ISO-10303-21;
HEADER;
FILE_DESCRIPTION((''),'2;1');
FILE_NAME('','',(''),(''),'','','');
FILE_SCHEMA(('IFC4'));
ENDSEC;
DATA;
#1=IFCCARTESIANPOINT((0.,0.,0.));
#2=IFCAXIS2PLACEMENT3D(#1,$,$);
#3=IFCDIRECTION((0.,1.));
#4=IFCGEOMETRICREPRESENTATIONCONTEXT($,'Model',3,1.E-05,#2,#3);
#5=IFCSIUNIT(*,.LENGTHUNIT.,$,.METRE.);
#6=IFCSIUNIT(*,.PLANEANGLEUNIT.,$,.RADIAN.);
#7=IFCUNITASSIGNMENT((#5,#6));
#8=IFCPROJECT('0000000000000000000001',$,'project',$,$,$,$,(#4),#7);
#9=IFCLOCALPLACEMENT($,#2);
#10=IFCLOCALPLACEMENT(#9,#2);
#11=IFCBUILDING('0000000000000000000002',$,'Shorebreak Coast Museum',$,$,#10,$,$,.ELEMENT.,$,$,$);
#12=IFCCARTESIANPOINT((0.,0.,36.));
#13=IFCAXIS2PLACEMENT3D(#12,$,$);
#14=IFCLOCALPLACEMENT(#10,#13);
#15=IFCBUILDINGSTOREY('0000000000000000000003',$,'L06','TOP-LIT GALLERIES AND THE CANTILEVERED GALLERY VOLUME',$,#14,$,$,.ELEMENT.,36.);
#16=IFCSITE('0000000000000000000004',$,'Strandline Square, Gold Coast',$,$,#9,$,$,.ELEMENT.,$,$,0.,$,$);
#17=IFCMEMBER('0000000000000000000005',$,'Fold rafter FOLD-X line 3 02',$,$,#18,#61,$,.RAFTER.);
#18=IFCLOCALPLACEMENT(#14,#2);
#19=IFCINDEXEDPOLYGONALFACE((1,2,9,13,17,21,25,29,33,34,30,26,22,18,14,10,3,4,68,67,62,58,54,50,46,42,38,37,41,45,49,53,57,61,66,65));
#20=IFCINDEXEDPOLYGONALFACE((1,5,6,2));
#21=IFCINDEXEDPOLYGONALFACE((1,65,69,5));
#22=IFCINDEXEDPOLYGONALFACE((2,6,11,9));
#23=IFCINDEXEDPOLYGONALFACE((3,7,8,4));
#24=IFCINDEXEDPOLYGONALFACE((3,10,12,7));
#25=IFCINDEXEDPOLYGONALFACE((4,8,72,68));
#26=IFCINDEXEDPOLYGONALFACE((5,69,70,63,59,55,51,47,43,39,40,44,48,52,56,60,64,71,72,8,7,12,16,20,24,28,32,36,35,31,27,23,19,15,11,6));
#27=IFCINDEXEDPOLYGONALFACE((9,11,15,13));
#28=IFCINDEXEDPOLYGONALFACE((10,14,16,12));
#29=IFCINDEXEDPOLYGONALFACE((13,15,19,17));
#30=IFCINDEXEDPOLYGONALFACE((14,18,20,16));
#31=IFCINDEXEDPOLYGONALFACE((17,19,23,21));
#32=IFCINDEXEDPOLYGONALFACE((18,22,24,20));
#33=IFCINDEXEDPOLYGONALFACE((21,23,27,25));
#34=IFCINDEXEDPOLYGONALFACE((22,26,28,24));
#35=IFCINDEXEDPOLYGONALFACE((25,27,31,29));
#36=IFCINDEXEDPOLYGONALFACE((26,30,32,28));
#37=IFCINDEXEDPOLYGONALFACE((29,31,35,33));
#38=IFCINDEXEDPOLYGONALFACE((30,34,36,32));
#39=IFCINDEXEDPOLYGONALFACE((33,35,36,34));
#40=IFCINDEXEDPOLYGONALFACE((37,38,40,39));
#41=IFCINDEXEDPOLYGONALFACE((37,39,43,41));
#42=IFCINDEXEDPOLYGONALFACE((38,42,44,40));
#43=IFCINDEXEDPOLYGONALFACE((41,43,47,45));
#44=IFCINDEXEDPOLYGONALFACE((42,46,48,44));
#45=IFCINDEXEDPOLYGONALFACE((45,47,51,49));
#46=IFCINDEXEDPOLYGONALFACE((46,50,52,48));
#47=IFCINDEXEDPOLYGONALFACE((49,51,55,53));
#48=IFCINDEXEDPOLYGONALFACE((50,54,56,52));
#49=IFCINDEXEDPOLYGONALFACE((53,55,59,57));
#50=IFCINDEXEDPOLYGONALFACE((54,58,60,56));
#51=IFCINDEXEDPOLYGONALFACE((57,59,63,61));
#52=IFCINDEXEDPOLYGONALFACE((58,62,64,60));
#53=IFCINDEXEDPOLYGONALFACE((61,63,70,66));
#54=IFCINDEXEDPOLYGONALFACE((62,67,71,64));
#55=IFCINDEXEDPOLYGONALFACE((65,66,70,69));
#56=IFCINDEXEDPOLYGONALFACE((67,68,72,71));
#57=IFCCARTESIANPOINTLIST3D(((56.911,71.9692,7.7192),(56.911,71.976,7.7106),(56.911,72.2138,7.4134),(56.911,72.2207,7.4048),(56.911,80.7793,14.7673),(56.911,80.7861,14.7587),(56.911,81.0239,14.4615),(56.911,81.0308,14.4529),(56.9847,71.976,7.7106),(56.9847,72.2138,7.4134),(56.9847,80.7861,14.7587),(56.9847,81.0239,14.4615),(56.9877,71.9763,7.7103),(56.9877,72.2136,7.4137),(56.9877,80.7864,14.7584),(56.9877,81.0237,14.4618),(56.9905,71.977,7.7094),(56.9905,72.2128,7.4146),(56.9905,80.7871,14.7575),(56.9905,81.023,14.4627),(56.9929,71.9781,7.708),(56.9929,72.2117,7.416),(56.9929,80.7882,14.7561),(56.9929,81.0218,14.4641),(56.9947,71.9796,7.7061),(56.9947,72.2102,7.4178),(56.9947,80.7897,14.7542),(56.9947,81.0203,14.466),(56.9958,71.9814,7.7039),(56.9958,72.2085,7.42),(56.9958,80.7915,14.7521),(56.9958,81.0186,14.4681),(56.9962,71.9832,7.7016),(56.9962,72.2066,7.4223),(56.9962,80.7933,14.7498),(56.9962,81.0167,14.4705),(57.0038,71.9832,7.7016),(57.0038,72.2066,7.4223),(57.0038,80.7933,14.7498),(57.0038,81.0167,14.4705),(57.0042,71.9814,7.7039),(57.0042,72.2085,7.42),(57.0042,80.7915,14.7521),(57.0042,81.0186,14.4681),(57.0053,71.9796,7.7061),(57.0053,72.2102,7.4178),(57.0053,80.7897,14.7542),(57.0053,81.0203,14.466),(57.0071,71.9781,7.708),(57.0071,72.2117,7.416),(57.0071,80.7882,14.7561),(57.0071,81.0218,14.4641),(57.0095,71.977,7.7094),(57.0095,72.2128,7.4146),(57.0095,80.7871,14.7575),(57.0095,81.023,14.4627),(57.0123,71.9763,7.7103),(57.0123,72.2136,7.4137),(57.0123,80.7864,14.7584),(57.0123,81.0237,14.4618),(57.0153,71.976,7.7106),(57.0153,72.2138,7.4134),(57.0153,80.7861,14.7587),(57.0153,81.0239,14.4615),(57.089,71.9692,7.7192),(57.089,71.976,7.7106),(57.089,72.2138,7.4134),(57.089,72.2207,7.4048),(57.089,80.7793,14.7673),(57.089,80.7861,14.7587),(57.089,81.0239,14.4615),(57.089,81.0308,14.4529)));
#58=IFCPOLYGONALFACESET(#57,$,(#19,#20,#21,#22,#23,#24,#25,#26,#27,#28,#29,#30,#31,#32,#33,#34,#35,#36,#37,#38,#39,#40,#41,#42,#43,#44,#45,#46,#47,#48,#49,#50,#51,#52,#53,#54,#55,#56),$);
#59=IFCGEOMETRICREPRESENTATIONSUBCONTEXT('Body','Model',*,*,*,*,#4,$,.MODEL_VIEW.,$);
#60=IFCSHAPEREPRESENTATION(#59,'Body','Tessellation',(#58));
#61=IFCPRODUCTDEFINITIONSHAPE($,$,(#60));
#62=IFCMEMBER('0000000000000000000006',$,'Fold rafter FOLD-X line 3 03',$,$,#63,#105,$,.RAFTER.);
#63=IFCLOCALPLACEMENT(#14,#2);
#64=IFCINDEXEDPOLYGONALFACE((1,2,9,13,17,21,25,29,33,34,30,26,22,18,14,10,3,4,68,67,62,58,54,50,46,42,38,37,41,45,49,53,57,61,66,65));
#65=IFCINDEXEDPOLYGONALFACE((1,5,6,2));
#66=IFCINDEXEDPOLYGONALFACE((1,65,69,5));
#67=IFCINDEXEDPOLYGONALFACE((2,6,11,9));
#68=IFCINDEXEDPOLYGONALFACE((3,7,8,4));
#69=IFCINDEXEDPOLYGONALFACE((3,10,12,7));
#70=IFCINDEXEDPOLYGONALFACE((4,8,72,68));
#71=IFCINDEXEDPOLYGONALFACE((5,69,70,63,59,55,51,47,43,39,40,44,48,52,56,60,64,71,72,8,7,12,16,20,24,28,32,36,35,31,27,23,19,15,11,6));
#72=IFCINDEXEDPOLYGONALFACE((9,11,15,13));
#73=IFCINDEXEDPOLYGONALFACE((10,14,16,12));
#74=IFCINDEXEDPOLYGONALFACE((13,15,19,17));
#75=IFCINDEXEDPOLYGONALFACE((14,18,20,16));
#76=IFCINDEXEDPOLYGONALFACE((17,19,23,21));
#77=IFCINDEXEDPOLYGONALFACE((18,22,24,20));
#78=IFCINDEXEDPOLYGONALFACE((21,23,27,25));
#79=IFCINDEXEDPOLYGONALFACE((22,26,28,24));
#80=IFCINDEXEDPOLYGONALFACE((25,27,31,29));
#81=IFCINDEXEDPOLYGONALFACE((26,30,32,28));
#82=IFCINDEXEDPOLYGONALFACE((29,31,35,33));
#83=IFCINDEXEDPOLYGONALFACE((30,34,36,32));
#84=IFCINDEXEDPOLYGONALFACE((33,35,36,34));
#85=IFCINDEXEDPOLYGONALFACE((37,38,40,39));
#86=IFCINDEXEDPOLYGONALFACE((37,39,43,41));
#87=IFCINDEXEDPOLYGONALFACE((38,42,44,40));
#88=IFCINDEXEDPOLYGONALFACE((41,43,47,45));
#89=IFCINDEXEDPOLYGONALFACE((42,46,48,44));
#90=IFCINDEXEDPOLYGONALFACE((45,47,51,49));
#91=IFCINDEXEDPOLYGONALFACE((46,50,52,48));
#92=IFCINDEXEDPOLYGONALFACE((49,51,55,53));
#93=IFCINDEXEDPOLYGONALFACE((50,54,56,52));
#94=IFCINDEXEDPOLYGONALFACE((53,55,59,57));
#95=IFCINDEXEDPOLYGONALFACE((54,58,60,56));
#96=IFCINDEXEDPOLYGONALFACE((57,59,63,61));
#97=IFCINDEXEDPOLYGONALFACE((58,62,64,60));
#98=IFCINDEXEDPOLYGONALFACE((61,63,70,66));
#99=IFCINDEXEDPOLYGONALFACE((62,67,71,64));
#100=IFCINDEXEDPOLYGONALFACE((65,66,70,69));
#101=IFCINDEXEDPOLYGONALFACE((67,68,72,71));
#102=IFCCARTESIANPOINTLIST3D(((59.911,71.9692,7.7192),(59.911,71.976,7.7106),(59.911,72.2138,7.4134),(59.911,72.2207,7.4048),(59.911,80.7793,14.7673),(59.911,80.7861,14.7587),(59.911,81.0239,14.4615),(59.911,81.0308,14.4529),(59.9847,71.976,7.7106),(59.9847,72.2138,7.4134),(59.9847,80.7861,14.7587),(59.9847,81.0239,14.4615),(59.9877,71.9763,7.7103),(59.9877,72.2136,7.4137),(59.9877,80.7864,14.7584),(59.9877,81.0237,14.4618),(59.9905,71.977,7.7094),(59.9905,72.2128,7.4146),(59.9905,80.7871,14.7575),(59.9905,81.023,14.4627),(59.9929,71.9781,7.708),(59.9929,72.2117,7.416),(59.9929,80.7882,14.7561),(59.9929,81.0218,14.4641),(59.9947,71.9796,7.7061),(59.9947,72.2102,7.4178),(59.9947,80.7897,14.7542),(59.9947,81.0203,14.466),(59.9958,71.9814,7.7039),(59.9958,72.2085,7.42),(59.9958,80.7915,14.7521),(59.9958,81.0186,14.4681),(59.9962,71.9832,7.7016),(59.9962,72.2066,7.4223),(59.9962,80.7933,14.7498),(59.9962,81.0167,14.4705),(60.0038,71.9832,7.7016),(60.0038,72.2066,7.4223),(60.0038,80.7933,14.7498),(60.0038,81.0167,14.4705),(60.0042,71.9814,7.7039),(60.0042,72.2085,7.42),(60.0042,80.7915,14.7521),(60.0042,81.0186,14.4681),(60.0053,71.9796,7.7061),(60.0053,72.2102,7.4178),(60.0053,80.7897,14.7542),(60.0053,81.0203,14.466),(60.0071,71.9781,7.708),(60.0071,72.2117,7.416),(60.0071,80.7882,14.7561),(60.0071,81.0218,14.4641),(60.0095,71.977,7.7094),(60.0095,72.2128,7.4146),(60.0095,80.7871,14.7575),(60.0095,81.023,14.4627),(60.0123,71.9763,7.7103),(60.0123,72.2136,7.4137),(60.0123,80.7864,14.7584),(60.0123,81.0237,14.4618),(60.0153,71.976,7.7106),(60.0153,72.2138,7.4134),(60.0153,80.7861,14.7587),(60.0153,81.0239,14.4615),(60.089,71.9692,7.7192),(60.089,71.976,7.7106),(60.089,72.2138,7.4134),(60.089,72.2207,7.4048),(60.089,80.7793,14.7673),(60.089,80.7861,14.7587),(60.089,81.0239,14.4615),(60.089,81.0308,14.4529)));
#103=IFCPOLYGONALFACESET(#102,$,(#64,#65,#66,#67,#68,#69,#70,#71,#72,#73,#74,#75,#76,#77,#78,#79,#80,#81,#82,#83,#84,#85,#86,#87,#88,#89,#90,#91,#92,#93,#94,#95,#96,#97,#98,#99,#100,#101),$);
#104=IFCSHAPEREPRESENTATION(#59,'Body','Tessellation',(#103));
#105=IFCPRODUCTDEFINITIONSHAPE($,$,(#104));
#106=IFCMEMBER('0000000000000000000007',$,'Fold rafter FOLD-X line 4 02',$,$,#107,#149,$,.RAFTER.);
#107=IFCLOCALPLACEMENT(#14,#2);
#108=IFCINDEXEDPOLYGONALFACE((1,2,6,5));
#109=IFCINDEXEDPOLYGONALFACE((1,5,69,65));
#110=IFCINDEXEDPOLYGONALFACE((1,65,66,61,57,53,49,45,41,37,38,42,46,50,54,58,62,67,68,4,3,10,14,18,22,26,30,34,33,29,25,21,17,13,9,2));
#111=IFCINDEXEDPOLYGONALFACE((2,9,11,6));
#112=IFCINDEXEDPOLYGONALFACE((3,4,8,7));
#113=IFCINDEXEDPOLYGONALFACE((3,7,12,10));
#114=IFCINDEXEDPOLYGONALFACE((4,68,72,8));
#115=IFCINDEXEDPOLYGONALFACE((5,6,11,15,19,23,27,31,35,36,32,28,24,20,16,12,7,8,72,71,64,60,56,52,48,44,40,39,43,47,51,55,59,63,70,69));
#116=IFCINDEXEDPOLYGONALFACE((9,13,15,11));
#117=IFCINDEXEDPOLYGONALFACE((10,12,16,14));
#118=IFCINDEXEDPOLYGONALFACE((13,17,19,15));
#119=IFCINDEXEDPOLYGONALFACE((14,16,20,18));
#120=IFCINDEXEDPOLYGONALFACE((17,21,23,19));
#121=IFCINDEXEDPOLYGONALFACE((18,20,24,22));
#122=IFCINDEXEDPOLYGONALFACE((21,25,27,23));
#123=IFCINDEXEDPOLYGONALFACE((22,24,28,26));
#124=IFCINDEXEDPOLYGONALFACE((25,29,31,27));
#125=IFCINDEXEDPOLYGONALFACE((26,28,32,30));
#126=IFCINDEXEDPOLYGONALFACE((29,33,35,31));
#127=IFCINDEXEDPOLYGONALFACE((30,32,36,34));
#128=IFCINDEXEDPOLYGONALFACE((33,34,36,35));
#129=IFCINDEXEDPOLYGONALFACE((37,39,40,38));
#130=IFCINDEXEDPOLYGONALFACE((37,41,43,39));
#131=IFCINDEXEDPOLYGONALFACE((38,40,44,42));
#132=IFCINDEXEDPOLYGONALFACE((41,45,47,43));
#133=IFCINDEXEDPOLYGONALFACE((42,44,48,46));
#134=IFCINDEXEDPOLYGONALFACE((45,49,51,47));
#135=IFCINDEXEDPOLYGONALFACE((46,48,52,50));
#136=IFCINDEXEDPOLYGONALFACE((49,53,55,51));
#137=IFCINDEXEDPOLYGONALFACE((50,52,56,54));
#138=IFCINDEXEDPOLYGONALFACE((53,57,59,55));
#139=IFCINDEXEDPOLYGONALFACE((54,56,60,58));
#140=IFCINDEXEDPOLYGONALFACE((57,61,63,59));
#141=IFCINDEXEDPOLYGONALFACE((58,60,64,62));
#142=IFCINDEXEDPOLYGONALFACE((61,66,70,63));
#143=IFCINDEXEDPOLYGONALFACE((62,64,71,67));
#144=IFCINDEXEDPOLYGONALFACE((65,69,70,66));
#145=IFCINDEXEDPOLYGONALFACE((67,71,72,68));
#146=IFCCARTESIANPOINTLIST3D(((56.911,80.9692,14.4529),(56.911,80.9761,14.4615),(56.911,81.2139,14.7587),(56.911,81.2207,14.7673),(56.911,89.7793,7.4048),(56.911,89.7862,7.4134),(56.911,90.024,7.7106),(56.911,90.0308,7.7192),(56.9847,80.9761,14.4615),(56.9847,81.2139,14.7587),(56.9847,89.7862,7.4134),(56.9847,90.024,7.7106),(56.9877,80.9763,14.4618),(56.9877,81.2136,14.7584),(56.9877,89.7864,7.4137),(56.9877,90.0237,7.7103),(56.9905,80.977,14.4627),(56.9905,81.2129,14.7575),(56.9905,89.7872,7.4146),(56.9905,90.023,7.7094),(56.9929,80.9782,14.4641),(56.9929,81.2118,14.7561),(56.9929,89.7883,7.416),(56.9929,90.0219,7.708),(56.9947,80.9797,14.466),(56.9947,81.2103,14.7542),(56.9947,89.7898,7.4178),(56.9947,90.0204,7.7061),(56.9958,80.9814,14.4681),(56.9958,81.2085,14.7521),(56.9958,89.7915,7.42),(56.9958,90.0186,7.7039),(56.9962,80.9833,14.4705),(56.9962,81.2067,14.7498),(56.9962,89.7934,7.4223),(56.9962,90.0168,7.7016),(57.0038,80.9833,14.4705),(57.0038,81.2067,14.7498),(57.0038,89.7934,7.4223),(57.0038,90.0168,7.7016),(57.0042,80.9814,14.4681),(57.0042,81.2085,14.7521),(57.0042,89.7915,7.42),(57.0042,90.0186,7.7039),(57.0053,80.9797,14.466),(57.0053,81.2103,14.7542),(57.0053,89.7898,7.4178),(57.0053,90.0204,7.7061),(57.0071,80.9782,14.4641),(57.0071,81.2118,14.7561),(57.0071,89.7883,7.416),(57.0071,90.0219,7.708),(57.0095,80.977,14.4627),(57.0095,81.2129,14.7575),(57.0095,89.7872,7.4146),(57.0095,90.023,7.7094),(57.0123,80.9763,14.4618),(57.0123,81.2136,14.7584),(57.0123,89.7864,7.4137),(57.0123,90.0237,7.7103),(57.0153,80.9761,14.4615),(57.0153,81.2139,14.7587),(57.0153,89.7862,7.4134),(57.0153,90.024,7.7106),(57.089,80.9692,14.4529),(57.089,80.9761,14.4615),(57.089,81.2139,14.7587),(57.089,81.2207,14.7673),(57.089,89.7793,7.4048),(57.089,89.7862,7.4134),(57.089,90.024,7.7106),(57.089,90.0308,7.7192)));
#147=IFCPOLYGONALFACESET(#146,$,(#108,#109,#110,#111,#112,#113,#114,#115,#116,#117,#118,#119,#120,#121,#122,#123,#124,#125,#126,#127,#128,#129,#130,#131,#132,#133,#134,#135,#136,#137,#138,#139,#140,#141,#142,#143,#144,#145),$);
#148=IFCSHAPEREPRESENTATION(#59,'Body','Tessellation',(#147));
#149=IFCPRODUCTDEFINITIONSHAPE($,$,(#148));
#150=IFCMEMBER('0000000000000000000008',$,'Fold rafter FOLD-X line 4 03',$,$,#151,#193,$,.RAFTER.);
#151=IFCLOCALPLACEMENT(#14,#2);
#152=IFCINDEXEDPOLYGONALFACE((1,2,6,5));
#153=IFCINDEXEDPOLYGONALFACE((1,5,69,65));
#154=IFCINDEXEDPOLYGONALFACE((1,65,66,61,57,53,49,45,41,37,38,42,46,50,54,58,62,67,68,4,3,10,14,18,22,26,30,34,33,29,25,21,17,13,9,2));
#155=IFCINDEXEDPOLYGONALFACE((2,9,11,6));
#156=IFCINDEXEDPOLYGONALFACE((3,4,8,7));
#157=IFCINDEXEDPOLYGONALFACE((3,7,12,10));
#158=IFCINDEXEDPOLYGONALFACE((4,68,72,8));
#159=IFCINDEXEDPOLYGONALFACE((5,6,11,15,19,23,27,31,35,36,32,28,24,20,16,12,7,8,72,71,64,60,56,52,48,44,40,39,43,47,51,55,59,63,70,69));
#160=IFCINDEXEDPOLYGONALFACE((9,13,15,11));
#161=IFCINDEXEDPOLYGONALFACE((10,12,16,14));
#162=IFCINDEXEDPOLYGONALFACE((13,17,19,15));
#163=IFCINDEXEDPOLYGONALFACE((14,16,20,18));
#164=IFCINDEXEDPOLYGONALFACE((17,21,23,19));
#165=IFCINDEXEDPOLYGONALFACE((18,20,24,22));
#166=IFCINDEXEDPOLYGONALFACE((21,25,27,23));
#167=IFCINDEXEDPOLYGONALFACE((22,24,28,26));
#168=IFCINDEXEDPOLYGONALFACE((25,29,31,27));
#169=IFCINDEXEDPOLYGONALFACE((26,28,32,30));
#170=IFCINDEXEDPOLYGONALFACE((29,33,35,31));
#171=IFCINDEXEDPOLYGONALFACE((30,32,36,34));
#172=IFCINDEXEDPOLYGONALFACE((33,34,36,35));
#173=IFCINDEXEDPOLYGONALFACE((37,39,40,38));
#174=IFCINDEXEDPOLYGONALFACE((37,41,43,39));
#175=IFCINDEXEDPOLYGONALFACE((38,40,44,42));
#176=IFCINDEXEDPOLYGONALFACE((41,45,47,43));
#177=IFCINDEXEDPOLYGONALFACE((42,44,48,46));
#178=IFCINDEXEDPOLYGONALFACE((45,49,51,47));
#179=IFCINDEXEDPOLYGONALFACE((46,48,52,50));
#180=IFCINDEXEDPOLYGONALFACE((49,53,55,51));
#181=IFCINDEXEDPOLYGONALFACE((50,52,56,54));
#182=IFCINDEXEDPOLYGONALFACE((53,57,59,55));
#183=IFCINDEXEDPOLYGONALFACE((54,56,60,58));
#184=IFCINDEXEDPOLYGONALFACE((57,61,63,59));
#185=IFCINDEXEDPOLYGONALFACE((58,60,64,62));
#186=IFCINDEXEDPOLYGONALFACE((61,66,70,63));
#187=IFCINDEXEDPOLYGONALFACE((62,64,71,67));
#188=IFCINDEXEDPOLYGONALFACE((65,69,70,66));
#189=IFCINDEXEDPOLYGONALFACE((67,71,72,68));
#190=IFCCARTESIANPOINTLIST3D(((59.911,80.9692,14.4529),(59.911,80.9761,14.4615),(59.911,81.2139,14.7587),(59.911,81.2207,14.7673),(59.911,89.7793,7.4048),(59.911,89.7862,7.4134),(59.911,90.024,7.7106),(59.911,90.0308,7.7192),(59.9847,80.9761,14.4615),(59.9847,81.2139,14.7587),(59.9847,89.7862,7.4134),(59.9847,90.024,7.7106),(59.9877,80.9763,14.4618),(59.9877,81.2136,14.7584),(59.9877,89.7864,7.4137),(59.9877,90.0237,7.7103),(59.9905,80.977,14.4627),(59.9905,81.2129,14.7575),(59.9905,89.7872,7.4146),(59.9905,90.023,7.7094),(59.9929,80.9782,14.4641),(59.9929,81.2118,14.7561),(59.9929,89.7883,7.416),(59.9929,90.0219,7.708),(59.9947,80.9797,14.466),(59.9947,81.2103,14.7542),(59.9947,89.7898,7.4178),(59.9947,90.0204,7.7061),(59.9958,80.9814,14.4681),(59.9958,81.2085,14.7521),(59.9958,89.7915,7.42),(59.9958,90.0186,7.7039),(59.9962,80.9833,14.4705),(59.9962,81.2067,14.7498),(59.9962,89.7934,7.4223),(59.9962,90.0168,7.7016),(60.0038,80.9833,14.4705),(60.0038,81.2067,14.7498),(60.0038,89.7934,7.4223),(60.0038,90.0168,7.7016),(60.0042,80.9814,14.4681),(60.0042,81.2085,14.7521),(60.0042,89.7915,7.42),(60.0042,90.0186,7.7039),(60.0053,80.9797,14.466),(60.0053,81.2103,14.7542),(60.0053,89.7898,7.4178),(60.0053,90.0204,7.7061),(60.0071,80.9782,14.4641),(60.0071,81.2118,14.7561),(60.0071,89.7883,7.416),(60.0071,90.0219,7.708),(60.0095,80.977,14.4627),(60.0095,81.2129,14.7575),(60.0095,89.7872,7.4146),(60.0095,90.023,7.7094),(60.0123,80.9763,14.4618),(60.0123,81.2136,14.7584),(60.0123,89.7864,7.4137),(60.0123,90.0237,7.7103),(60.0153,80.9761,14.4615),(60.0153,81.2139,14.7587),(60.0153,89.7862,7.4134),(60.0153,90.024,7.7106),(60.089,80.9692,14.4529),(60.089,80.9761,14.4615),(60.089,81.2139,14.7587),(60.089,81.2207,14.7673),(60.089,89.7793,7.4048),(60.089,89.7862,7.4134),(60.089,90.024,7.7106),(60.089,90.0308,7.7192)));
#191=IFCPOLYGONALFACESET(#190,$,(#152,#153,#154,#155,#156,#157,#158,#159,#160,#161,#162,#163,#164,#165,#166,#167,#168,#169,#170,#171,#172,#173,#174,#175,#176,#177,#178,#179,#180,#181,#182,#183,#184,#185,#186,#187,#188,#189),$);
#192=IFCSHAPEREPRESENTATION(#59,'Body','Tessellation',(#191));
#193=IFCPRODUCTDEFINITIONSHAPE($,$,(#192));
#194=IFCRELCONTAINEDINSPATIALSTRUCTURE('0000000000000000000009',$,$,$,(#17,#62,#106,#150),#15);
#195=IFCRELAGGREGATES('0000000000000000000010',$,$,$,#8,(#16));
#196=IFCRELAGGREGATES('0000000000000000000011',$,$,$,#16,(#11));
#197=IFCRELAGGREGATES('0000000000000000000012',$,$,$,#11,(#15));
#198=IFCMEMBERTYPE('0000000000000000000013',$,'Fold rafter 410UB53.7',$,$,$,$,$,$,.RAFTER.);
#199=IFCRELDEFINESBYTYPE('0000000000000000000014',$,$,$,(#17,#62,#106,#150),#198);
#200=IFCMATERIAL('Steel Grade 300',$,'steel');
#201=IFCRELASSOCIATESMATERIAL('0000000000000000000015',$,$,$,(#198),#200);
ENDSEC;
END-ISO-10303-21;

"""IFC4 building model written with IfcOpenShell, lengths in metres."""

from ifc_helpers import new_model, si_unit, direction, frame, origin, origin_2d, place, context, subcontext, project, spatial, i_section, extrude, material, material_profile, profile_set, type_object, element, save


model = new_model("IFC4")

# Units and contexts
model_context = context("Model", 3, precision=1e-05, world=origin(), true_north=direction((0.0, 1.0)))
body_context = subcontext(model_context, "Body", "Model", "MODEL_VIEW")
ifc_project = project(units=[si_unit("LENGTHUNIT", "METRE"), si_unit("PLANEANGLEUNIT", "RADIAN")], contexts=[model_context])

# Site, building, storey
site_placement = place(None, origin())
site = spatial("IfcSite", under=ifc_project, at=site_placement, Name="Strandline Square, Gold Coast", CompositionType="ELEMENT", RefElevation=0.0)
building_placement = place(site_placement, origin())
building = spatial("IfcBuilding", under=site, at=building_placement, Name="Shorebreak Coast Museum", CompositionType="ELEMENT")
storey_placement = place(building_placement, frame((0.0, 0.0, 36.0)))
storey = spatial("IfcBuildingStorey", under=building, at=storey_placement, Name="L06", Description="TOP-LIT GALLERIES AND THE CANTILEVERED GALLERY VOLUME", CompositionType="ELEMENT", Elevation=36.0)

# Members
ifc_material_1 = material(Name="Steel Grade 300", Category="steel")
ifc_material_profile_1 = material_profile(ifc_material_1, i_section(OverallWidth=0.178, OverallDepth=0.4026, WebThickness=0.0076, FlangeThickness=0.011, FilletRadius=0.0115, at=origin_2d()), Name="410UB53.7")
ifc_profile_set_1 = profile_set([ifc_material_profile_1], Name="Steel Grade 300")
member_type_1 = type_object("IfcMemberType", Name="Fold rafter 410UB53.7", PredefinedType="RAFTER", material=ifc_profile_set_1)
for number, where, z_axis, x_axis, name in (
    (1, (57.0, 80.905, 14.6101), (0.0, -0.780867, -0.624698), (1.0, 0.0, 0.0), "Fold rafter FOLD-X line 3 02"),
    (2, (60.0, 80.905, 14.6101), (0.0, -0.780867, -0.624698), (1.0, 0.0, 0.0), "Fold rafter FOLD-X line 3 03"),
    (3, (57.0, 81.095, 14.6101), (0.0, 0.780867, -0.624698), (-1.0, 0.0, 0.0), "Fold rafter FOLD-X line 4 02"),
    (4, (60.0, 81.095, 14.6101), (0.0, 0.780867, -0.624698), (-1.0, 0.0, 0.0), "Fold rafter FOLD-X line 4 03"),
):
    element("IfcMember", number, at=place(storey_placement, frame(where, z_axis=z_axis, x_axis=x_axis)), inside=storey, type_object=member_type_1, Name=name, PredefinedType="RAFTER", context=body_context, shape_type="SweptSolid", body=[
        extrude(i_section(OverallWidth=0.178, OverallDepth=0.4026, WebThickness=0.0076, FlangeThickness=0.011, FilletRadius=0.0115, at=origin_2d()), origin(), (0.0, 0.0, 1.0), 11.2825),
    ])

save(model, "model.ifc")
